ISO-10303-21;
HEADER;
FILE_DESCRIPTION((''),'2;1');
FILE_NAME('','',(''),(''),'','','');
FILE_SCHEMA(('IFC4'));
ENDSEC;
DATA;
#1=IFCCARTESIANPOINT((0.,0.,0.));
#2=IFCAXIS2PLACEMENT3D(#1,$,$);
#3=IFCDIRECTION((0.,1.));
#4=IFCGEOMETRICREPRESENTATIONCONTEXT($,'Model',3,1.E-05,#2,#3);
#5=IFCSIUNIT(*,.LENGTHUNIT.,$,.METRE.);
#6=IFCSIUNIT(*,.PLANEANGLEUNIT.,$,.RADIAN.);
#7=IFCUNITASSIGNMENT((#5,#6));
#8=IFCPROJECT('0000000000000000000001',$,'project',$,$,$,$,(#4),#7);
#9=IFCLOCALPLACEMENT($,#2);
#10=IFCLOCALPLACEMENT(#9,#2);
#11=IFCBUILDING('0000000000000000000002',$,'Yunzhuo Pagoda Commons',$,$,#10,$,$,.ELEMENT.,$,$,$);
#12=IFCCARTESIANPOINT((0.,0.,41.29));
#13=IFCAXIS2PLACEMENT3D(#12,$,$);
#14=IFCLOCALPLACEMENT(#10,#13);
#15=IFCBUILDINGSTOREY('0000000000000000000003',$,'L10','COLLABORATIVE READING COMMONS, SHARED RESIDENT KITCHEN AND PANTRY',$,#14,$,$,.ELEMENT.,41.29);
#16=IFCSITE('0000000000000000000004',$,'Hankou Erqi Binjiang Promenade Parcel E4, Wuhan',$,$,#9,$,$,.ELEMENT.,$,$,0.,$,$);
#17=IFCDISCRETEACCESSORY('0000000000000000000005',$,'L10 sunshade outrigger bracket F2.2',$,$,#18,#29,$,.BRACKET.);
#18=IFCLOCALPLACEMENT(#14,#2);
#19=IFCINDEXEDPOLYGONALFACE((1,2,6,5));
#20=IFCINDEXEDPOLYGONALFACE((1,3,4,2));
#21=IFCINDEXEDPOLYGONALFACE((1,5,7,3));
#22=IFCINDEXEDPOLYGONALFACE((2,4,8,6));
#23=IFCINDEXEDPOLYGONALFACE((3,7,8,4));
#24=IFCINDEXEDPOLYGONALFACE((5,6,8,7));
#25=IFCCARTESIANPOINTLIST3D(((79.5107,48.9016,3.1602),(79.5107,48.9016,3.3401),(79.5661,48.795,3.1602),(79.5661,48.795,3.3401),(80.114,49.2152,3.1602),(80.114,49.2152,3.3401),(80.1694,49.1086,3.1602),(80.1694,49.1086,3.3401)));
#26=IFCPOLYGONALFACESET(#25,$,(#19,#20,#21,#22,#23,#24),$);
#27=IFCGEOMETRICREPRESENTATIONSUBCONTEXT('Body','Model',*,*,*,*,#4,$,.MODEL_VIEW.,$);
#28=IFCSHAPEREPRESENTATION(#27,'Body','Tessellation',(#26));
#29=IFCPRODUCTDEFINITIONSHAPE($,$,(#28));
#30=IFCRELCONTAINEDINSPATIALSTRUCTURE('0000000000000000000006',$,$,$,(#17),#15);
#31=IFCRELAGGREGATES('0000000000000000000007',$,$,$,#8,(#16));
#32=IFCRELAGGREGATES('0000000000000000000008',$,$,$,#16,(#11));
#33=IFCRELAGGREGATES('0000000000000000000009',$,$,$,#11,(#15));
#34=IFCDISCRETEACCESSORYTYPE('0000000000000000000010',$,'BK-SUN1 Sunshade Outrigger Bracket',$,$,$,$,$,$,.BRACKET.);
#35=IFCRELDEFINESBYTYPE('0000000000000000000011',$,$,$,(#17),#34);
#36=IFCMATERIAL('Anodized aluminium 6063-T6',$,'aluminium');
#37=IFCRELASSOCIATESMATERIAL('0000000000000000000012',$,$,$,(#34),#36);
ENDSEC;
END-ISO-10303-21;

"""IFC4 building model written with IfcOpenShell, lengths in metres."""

from ifc_helpers import new_model, si_unit, direction, frame, origin, origin_2d, place, context, subcontext, project, spatial, rectangle, extrude, source, transform, mapped, material, type_object, element, save


model = new_model("IFC4")

# Units and contexts
model_context = context("Model", 3, precision=1e-05, world=origin(), true_north=direction((0.0, 1.0)))
body_context = subcontext(model_context, "Body", "Model", "MODEL_VIEW")
ifc_project = project(units=[si_unit("LENGTHUNIT", "METRE"), si_unit("PLANEANGLEUNIT", "RADIAN")], contexts=[model_context])

# Site, building, storey
site_placement = place(None, origin())
site = spatial("IfcSite", under=ifc_project, at=site_placement, Name="Hankou Erqi Binjiang Promenade Parcel E4, Wuhan", CompositionType="ELEMENT", RefElevation=0.0)
building_placement = place(site_placement, origin())
building = spatial("IfcBuilding", under=site, at=building_placement, Name="Yunzhuo Pagoda Commons", CompositionType="ELEMENT")
storey_placement = place(building_placement, frame((0.0, 0.0, 41.29)))
storey = spatial("IfcBuildingStorey", under=building, at=storey_placement, Name="L10", Description="COLLABORATIVE READING COMMONS, SHARED RESIDENT KITCHEN AND PANTRY", CompositionType="ELEMENT", Elevation=41.29)

# Shared definitions
ifc_material_1 = material(Name="Anodized aluminium 6063-T6", Category="aluminium")

# Discrete accessory
discrete_accessory_type = type_object("IfcDiscreteAccessoryType", Name="BK-SUN1 Sunshade Outrigger Bracket", PredefinedType="BRACKET", material=ifc_material_1)
shared_shape_1 = source(origin(), body_context, "Body", "SweptSolid", [
    extrude(rectangle(XDim=0.1201, YDim=0.6799, at=origin_2d()), origin(), (0.0, 0.0, 1.0), 0.1799),
])
discrete_accessory_placement = place(storey_placement, frame((79.8401, 49.0051, 3.1602), z_axis=(0.0, 0.0, 1.0), x_axis=(-0.461207, 0.887293, 0.0)))
element("IfcDiscreteAccessory", 1, at=discrete_accessory_placement, inside=storey, type_object=discrete_accessory_type, Name="L10 sunshade outrigger bracket F2.2", PredefinedType="BRACKET", context=body_context, shape_type="MappedRepresentation", body=[
    mapped(shared_shape_1, transform((0.0, 0.0, 0.0), scale=1.0)),
])

save(model, "model.ifc")
